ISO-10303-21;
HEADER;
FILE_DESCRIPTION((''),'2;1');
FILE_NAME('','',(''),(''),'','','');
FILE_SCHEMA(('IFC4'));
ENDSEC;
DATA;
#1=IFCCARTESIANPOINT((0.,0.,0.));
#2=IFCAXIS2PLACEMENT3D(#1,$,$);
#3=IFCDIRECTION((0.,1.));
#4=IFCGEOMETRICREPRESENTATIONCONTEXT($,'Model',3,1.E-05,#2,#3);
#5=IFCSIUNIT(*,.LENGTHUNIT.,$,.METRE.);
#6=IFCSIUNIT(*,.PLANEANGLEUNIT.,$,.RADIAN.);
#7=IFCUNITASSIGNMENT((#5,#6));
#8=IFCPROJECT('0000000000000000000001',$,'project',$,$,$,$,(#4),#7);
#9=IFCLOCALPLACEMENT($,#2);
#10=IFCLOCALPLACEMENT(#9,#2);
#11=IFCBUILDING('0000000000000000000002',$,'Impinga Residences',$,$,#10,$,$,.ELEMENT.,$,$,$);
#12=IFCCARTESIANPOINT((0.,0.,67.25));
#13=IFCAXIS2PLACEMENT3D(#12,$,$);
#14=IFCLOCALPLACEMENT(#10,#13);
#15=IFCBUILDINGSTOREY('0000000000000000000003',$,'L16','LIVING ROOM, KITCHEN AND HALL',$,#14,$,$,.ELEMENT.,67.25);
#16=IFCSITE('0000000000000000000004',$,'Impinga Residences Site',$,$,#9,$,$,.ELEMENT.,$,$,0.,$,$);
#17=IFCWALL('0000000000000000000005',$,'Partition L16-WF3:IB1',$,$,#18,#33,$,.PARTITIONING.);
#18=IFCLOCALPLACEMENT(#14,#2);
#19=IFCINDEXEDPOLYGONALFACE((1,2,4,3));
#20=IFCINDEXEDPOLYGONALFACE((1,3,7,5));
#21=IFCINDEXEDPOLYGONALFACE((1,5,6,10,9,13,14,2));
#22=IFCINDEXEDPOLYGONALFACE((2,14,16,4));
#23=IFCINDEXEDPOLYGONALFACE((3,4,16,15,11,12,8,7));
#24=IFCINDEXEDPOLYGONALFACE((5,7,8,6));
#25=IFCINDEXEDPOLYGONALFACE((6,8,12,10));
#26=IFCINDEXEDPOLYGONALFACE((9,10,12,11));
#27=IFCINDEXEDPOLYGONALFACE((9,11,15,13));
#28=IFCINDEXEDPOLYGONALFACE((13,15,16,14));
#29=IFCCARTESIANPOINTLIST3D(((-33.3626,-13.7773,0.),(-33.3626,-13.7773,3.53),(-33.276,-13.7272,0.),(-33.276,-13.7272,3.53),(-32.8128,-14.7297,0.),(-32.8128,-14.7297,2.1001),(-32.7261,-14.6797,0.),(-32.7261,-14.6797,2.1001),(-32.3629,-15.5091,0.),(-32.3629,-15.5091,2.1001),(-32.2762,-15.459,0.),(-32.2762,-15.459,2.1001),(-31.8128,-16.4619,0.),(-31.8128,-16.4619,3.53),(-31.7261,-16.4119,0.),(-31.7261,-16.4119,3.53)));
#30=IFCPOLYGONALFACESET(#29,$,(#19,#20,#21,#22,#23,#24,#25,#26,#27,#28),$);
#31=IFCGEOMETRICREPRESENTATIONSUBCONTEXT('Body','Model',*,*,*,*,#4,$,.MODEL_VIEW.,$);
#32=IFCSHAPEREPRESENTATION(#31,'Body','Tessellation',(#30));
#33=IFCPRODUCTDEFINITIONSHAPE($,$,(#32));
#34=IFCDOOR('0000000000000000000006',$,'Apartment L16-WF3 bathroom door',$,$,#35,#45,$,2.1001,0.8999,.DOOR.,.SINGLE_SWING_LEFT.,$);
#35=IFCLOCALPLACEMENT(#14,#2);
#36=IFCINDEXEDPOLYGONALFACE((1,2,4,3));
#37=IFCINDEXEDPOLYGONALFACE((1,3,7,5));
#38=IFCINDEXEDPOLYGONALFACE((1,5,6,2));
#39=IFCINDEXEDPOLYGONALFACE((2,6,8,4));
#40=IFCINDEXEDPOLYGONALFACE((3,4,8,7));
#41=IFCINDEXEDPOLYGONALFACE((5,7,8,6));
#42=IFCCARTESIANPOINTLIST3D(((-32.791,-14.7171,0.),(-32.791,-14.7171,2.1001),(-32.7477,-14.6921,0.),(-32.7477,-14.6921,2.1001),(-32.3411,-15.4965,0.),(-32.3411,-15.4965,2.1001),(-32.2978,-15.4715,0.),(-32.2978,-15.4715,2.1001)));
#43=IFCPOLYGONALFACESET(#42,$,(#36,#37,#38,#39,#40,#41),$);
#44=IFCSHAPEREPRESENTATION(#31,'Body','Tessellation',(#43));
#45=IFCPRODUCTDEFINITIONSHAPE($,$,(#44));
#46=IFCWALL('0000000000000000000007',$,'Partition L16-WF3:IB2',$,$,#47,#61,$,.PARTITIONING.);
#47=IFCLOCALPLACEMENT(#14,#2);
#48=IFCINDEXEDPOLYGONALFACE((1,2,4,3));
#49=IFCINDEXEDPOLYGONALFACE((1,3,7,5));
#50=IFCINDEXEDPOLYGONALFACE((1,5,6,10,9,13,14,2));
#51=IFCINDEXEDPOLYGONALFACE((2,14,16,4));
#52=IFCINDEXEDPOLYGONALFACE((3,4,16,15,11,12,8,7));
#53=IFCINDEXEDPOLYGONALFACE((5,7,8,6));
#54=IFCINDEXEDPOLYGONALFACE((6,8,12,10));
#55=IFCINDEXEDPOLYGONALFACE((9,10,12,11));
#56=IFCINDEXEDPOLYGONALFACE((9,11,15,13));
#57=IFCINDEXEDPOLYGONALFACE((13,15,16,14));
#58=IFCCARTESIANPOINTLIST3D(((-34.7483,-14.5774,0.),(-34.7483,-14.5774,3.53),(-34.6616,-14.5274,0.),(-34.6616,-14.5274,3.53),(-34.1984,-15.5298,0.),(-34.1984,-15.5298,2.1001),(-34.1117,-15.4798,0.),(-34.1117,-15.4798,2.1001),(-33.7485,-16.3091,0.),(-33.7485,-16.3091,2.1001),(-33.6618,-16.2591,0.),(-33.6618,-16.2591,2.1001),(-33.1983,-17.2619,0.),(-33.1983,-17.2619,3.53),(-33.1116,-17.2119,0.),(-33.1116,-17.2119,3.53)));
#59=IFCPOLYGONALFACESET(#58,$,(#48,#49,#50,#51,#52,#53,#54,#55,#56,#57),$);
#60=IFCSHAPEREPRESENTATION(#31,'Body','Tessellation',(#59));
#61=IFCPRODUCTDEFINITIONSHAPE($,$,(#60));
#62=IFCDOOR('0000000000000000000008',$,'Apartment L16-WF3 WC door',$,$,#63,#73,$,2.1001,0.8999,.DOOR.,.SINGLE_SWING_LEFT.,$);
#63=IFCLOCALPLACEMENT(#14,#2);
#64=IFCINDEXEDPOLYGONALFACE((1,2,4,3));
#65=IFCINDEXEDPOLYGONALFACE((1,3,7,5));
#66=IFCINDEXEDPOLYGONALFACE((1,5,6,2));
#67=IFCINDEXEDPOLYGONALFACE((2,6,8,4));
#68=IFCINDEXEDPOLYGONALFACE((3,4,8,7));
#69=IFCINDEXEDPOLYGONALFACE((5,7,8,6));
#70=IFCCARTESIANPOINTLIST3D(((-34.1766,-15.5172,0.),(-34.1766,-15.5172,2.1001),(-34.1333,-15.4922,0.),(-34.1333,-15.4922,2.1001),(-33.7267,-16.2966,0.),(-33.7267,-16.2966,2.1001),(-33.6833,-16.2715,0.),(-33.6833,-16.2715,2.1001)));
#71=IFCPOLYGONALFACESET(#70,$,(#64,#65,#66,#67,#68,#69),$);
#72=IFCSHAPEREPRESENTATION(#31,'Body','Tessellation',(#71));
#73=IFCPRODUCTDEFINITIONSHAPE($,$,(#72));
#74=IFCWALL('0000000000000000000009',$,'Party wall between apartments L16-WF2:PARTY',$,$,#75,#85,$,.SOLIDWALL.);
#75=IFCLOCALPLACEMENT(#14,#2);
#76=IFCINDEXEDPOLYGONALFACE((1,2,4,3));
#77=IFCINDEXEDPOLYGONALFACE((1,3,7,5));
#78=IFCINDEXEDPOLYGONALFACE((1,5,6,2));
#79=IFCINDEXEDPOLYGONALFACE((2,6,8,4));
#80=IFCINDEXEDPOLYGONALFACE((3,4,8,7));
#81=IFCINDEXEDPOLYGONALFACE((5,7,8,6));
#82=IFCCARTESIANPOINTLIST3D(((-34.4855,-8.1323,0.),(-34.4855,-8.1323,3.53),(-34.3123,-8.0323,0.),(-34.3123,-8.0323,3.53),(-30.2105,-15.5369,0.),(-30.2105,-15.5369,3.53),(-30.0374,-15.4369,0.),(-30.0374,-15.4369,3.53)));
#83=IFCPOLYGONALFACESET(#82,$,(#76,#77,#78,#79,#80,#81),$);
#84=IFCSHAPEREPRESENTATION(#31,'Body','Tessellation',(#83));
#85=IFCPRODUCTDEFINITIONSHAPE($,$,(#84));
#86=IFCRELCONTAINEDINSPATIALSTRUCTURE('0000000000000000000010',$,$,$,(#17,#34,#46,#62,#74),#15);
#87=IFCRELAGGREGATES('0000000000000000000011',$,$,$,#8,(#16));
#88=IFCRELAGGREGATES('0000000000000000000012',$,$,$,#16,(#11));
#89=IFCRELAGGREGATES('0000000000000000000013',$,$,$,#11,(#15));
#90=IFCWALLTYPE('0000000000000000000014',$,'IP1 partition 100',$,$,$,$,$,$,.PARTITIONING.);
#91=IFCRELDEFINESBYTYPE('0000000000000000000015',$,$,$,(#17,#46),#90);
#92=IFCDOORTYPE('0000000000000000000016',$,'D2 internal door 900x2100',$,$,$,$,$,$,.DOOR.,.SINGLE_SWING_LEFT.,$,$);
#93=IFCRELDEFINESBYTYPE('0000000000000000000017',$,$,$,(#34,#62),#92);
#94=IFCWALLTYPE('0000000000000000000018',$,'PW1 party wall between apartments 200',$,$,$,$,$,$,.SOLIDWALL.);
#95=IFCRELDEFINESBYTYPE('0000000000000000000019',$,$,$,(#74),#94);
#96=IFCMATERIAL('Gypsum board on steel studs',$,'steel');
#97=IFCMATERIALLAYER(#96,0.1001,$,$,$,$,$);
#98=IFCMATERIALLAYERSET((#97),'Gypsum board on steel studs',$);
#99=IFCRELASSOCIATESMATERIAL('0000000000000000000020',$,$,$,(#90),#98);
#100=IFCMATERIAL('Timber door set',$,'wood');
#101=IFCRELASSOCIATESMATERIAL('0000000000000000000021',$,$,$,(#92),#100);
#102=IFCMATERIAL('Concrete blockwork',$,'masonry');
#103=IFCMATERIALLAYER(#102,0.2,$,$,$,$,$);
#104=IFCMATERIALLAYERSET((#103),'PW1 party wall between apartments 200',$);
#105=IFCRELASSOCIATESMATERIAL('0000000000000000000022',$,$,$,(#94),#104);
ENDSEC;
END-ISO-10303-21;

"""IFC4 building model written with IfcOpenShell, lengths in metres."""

from ifc_helpers import new_model, si_unit, direction, frame, frame_2d, origin, place, context, subcontext, project, spatial, rectangle, extrude, material, layer, layer_set, type_object, element, fill, save


model = new_model("IFC4")

# Units and contexts
model_context = context("Model", 3, precision=1e-05, world=origin(), true_north=direction((0.0, 1.0)))
body_context = subcontext(model_context, "Body", "Model", "MODEL_VIEW")
ifc_project = project(units=[si_unit("LENGTHUNIT", "METRE"), si_unit("PLANEANGLEUNIT", "RADIAN")], contexts=[model_context])

# Site, building, storey
site_placement = place(None, origin())
site = spatial("IfcSite", under=ifc_project, at=site_placement, Name="Impinga Residences Site", CompositionType="ELEMENT", RefElevation=0.0)
building_placement = place(site_placement, origin())
building = spatial("IfcBuilding", under=site, at=building_placement, Name="Impinga Residences", CompositionType="ELEMENT")
storey_placement = place(building_placement, frame((0.0, 0.0, 67.25)))
storey = spatial("IfcBuildingStorey", under=building, at=storey_placement, Name="L16", Description="LIVING ROOM, KITCHEN AND HALL", CompositionType="ELEMENT", Elevation=67.25)

# Shared definitions
ifc_material_1 = material(Name="Gypsum board on steel studs", Category="steel")
ifc_layer_1 = layer(ifc_material_1, 0.1001)
ifc_layer_set_1 = layer_set([ifc_layer_1], Name="Gypsum board on steel studs")
wall_type_1 = type_object("IfcWallType", Name="IP1 partition 100", PredefinedType="PARTITIONING", material=ifc_layer_set_1)
ifc_material_2 = material(Name="Timber door set", Category="wood")
door_type = type_object("IfcDoorType", Name="D2 internal door 900x2100", OperationType="SINGLE_SWING_LEFT", PredefinedType="DOOR", material=ifc_material_2)

# Walls, openings, doors
wall_1_placement = place(storey_placement, frame((-31.7695, -16.4368, 0.0), z_axis=(0.0, 0.0, 1.0), x_axis=(-0.499968, 0.866044, 0.0)))
wall_1 = element("IfcWall", 1, at=wall_1_placement, inside=storey, type_object=wall_type_1, Name="Partition L16-WF3:IB1", PredefinedType="PARTITIONING", context=body_context, shape_type="SweptSolid", body=[
    extrude(rectangle(XDim=3.0999, YDim=0.1001, at=frame_2d((1.5498, 0.0))), origin(), (0.0, 0.0, 1.0), 3.53),
])
opening_1_placement = place(wall_1_placement, frame((1.1001, 0.0, 0.0)))
opening_1 = element("IfcOpeningElement", 2, at=opening_1_placement, cuts=wall_1, PredefinedType="OPENING", context=body_context, shape_type="SweptSolid", body=[
    extrude(rectangle(XDim=0.8999, YDim=2.1001, at=frame_2d((0.45, 1.05))), frame((0.0, 0.0601, 0.0), z_axis=(0.0, -1.0, 0.0), x_axis=(1.0, 0.0, 0.0)), (0.0, 0.0, 1.0), 0.1201),
])
door_1_placement = place(opening_1_placement, origin())
door_1 = element("IfcDoor", 3, at=door_1_placement, inside=storey, type_object=door_type, Name="Apartment L16-WF3 bathroom door", OperationType="SINGLE_SWING_LEFT", OverallHeight=2.1001, OverallWidth=0.8999, PredefinedType="DOOR", context=body_context, shape_type="SweptSolid", body=[
    extrude(rectangle(XDim=0.8999, YDim=2.1001, at=frame_2d((0.45, 1.05))), frame((0.0, 0.0249, 0.0), z_axis=(0.0, -1.0, 0.0), x_axis=(1.0, 0.0, 0.0)), (0.0, 0.0, 1.0), 0.05),
])
fill(opening_1, door_1)
wall_2_placement = place(storey_placement, frame((-33.155, -17.2368, 0.0), z_axis=(0.0, 0.0, 1.0), x_axis=(-0.500027, 0.86601, 0.0)))
wall_2 = element("IfcWall", 4, at=wall_2_placement, inside=storey, type_object=wall_type_1, Name="Partition L16-WF3:IB2", PredefinedType="PARTITIONING", context=body_context, shape_type="SweptSolid", body=[
    extrude(rectangle(XDim=3.0999, YDim=0.1001, at=frame_2d((1.5498, 0.0))), origin(), (0.0, 0.0, 1.0), 3.53),
])
opening_2_placement = place(wall_2_placement, frame((1.1001, 0.0, 0.0)))
opening_2 = element("IfcOpeningElement", 5, at=opening_2_placement, cuts=wall_2, PredefinedType="OPENING", context=body_context, shape_type="SweptSolid", body=[
    extrude(rectangle(XDim=0.8999, YDim=2.1001, at=frame_2d((0.45, 1.05))), frame((0.0, 0.0601, 0.0), z_axis=(0.0, -1.0, 0.0), x_axis=(1.0, 0.0, 0.0)), (0.0, 0.0, 1.0), 0.1201),
])
door_2_placement = place(opening_2_placement, origin())
door_2 = element("IfcDoor", 6, at=door_2_placement, inside=storey, type_object=door_type, Name="Apartment L16-WF3 WC door", OperationType="SINGLE_SWING_LEFT", OverallHeight=2.1001, OverallWidth=0.8999, PredefinedType="DOOR", context=body_context, shape_type="SweptSolid", body=[
    extrude(rectangle(XDim=0.8999, YDim=2.1001, at=frame_2d((0.45, 1.05))), frame((0.0, 0.0249, 0.0), z_axis=(0.0, -1.0, 0.0), x_axis=(1.0, 0.0, 0.0)), (0.0, 0.0, 1.0), 0.05),
])
fill(opening_2, door_2)

# Wall
ifc_material_3 = material(Name="Concrete blockwork", Category="masonry")
ifc_layer_2 = layer(ifc_material_3, 0.2)
ifc_layer_set_2 = layer_set([ifc_layer_2], Name="PW1 party wall between apartments 200")
wall_type_2 = type_object("IfcWallType", Name="PW1 party wall between apartments 200", PredefinedType="SOLIDWALL", material=ifc_layer_set_2)
wall_3_placement = place(storey_placement, frame((-30.124, -15.4868, 0.0), z_axis=(0.0, 0.0, 1.0), x_axis=(-0.49999, 0.866031, 0.0)))
element("IfcWall", 7, at=wall_3_placement, inside=storey, type_object=wall_type_2, Name="Party wall between apartments L16-WF2:PARTY", PredefinedType="SOLIDWALL", context=body_context, shape_type="SweptSolid", body=[
    extrude(rectangle(XDim=8.55, YDim=0.2, at=frame_2d((4.2749, 0.0))), origin(), (0.0, 0.0, 1.0), 3.53),
])

save(model, "model.ifc")
